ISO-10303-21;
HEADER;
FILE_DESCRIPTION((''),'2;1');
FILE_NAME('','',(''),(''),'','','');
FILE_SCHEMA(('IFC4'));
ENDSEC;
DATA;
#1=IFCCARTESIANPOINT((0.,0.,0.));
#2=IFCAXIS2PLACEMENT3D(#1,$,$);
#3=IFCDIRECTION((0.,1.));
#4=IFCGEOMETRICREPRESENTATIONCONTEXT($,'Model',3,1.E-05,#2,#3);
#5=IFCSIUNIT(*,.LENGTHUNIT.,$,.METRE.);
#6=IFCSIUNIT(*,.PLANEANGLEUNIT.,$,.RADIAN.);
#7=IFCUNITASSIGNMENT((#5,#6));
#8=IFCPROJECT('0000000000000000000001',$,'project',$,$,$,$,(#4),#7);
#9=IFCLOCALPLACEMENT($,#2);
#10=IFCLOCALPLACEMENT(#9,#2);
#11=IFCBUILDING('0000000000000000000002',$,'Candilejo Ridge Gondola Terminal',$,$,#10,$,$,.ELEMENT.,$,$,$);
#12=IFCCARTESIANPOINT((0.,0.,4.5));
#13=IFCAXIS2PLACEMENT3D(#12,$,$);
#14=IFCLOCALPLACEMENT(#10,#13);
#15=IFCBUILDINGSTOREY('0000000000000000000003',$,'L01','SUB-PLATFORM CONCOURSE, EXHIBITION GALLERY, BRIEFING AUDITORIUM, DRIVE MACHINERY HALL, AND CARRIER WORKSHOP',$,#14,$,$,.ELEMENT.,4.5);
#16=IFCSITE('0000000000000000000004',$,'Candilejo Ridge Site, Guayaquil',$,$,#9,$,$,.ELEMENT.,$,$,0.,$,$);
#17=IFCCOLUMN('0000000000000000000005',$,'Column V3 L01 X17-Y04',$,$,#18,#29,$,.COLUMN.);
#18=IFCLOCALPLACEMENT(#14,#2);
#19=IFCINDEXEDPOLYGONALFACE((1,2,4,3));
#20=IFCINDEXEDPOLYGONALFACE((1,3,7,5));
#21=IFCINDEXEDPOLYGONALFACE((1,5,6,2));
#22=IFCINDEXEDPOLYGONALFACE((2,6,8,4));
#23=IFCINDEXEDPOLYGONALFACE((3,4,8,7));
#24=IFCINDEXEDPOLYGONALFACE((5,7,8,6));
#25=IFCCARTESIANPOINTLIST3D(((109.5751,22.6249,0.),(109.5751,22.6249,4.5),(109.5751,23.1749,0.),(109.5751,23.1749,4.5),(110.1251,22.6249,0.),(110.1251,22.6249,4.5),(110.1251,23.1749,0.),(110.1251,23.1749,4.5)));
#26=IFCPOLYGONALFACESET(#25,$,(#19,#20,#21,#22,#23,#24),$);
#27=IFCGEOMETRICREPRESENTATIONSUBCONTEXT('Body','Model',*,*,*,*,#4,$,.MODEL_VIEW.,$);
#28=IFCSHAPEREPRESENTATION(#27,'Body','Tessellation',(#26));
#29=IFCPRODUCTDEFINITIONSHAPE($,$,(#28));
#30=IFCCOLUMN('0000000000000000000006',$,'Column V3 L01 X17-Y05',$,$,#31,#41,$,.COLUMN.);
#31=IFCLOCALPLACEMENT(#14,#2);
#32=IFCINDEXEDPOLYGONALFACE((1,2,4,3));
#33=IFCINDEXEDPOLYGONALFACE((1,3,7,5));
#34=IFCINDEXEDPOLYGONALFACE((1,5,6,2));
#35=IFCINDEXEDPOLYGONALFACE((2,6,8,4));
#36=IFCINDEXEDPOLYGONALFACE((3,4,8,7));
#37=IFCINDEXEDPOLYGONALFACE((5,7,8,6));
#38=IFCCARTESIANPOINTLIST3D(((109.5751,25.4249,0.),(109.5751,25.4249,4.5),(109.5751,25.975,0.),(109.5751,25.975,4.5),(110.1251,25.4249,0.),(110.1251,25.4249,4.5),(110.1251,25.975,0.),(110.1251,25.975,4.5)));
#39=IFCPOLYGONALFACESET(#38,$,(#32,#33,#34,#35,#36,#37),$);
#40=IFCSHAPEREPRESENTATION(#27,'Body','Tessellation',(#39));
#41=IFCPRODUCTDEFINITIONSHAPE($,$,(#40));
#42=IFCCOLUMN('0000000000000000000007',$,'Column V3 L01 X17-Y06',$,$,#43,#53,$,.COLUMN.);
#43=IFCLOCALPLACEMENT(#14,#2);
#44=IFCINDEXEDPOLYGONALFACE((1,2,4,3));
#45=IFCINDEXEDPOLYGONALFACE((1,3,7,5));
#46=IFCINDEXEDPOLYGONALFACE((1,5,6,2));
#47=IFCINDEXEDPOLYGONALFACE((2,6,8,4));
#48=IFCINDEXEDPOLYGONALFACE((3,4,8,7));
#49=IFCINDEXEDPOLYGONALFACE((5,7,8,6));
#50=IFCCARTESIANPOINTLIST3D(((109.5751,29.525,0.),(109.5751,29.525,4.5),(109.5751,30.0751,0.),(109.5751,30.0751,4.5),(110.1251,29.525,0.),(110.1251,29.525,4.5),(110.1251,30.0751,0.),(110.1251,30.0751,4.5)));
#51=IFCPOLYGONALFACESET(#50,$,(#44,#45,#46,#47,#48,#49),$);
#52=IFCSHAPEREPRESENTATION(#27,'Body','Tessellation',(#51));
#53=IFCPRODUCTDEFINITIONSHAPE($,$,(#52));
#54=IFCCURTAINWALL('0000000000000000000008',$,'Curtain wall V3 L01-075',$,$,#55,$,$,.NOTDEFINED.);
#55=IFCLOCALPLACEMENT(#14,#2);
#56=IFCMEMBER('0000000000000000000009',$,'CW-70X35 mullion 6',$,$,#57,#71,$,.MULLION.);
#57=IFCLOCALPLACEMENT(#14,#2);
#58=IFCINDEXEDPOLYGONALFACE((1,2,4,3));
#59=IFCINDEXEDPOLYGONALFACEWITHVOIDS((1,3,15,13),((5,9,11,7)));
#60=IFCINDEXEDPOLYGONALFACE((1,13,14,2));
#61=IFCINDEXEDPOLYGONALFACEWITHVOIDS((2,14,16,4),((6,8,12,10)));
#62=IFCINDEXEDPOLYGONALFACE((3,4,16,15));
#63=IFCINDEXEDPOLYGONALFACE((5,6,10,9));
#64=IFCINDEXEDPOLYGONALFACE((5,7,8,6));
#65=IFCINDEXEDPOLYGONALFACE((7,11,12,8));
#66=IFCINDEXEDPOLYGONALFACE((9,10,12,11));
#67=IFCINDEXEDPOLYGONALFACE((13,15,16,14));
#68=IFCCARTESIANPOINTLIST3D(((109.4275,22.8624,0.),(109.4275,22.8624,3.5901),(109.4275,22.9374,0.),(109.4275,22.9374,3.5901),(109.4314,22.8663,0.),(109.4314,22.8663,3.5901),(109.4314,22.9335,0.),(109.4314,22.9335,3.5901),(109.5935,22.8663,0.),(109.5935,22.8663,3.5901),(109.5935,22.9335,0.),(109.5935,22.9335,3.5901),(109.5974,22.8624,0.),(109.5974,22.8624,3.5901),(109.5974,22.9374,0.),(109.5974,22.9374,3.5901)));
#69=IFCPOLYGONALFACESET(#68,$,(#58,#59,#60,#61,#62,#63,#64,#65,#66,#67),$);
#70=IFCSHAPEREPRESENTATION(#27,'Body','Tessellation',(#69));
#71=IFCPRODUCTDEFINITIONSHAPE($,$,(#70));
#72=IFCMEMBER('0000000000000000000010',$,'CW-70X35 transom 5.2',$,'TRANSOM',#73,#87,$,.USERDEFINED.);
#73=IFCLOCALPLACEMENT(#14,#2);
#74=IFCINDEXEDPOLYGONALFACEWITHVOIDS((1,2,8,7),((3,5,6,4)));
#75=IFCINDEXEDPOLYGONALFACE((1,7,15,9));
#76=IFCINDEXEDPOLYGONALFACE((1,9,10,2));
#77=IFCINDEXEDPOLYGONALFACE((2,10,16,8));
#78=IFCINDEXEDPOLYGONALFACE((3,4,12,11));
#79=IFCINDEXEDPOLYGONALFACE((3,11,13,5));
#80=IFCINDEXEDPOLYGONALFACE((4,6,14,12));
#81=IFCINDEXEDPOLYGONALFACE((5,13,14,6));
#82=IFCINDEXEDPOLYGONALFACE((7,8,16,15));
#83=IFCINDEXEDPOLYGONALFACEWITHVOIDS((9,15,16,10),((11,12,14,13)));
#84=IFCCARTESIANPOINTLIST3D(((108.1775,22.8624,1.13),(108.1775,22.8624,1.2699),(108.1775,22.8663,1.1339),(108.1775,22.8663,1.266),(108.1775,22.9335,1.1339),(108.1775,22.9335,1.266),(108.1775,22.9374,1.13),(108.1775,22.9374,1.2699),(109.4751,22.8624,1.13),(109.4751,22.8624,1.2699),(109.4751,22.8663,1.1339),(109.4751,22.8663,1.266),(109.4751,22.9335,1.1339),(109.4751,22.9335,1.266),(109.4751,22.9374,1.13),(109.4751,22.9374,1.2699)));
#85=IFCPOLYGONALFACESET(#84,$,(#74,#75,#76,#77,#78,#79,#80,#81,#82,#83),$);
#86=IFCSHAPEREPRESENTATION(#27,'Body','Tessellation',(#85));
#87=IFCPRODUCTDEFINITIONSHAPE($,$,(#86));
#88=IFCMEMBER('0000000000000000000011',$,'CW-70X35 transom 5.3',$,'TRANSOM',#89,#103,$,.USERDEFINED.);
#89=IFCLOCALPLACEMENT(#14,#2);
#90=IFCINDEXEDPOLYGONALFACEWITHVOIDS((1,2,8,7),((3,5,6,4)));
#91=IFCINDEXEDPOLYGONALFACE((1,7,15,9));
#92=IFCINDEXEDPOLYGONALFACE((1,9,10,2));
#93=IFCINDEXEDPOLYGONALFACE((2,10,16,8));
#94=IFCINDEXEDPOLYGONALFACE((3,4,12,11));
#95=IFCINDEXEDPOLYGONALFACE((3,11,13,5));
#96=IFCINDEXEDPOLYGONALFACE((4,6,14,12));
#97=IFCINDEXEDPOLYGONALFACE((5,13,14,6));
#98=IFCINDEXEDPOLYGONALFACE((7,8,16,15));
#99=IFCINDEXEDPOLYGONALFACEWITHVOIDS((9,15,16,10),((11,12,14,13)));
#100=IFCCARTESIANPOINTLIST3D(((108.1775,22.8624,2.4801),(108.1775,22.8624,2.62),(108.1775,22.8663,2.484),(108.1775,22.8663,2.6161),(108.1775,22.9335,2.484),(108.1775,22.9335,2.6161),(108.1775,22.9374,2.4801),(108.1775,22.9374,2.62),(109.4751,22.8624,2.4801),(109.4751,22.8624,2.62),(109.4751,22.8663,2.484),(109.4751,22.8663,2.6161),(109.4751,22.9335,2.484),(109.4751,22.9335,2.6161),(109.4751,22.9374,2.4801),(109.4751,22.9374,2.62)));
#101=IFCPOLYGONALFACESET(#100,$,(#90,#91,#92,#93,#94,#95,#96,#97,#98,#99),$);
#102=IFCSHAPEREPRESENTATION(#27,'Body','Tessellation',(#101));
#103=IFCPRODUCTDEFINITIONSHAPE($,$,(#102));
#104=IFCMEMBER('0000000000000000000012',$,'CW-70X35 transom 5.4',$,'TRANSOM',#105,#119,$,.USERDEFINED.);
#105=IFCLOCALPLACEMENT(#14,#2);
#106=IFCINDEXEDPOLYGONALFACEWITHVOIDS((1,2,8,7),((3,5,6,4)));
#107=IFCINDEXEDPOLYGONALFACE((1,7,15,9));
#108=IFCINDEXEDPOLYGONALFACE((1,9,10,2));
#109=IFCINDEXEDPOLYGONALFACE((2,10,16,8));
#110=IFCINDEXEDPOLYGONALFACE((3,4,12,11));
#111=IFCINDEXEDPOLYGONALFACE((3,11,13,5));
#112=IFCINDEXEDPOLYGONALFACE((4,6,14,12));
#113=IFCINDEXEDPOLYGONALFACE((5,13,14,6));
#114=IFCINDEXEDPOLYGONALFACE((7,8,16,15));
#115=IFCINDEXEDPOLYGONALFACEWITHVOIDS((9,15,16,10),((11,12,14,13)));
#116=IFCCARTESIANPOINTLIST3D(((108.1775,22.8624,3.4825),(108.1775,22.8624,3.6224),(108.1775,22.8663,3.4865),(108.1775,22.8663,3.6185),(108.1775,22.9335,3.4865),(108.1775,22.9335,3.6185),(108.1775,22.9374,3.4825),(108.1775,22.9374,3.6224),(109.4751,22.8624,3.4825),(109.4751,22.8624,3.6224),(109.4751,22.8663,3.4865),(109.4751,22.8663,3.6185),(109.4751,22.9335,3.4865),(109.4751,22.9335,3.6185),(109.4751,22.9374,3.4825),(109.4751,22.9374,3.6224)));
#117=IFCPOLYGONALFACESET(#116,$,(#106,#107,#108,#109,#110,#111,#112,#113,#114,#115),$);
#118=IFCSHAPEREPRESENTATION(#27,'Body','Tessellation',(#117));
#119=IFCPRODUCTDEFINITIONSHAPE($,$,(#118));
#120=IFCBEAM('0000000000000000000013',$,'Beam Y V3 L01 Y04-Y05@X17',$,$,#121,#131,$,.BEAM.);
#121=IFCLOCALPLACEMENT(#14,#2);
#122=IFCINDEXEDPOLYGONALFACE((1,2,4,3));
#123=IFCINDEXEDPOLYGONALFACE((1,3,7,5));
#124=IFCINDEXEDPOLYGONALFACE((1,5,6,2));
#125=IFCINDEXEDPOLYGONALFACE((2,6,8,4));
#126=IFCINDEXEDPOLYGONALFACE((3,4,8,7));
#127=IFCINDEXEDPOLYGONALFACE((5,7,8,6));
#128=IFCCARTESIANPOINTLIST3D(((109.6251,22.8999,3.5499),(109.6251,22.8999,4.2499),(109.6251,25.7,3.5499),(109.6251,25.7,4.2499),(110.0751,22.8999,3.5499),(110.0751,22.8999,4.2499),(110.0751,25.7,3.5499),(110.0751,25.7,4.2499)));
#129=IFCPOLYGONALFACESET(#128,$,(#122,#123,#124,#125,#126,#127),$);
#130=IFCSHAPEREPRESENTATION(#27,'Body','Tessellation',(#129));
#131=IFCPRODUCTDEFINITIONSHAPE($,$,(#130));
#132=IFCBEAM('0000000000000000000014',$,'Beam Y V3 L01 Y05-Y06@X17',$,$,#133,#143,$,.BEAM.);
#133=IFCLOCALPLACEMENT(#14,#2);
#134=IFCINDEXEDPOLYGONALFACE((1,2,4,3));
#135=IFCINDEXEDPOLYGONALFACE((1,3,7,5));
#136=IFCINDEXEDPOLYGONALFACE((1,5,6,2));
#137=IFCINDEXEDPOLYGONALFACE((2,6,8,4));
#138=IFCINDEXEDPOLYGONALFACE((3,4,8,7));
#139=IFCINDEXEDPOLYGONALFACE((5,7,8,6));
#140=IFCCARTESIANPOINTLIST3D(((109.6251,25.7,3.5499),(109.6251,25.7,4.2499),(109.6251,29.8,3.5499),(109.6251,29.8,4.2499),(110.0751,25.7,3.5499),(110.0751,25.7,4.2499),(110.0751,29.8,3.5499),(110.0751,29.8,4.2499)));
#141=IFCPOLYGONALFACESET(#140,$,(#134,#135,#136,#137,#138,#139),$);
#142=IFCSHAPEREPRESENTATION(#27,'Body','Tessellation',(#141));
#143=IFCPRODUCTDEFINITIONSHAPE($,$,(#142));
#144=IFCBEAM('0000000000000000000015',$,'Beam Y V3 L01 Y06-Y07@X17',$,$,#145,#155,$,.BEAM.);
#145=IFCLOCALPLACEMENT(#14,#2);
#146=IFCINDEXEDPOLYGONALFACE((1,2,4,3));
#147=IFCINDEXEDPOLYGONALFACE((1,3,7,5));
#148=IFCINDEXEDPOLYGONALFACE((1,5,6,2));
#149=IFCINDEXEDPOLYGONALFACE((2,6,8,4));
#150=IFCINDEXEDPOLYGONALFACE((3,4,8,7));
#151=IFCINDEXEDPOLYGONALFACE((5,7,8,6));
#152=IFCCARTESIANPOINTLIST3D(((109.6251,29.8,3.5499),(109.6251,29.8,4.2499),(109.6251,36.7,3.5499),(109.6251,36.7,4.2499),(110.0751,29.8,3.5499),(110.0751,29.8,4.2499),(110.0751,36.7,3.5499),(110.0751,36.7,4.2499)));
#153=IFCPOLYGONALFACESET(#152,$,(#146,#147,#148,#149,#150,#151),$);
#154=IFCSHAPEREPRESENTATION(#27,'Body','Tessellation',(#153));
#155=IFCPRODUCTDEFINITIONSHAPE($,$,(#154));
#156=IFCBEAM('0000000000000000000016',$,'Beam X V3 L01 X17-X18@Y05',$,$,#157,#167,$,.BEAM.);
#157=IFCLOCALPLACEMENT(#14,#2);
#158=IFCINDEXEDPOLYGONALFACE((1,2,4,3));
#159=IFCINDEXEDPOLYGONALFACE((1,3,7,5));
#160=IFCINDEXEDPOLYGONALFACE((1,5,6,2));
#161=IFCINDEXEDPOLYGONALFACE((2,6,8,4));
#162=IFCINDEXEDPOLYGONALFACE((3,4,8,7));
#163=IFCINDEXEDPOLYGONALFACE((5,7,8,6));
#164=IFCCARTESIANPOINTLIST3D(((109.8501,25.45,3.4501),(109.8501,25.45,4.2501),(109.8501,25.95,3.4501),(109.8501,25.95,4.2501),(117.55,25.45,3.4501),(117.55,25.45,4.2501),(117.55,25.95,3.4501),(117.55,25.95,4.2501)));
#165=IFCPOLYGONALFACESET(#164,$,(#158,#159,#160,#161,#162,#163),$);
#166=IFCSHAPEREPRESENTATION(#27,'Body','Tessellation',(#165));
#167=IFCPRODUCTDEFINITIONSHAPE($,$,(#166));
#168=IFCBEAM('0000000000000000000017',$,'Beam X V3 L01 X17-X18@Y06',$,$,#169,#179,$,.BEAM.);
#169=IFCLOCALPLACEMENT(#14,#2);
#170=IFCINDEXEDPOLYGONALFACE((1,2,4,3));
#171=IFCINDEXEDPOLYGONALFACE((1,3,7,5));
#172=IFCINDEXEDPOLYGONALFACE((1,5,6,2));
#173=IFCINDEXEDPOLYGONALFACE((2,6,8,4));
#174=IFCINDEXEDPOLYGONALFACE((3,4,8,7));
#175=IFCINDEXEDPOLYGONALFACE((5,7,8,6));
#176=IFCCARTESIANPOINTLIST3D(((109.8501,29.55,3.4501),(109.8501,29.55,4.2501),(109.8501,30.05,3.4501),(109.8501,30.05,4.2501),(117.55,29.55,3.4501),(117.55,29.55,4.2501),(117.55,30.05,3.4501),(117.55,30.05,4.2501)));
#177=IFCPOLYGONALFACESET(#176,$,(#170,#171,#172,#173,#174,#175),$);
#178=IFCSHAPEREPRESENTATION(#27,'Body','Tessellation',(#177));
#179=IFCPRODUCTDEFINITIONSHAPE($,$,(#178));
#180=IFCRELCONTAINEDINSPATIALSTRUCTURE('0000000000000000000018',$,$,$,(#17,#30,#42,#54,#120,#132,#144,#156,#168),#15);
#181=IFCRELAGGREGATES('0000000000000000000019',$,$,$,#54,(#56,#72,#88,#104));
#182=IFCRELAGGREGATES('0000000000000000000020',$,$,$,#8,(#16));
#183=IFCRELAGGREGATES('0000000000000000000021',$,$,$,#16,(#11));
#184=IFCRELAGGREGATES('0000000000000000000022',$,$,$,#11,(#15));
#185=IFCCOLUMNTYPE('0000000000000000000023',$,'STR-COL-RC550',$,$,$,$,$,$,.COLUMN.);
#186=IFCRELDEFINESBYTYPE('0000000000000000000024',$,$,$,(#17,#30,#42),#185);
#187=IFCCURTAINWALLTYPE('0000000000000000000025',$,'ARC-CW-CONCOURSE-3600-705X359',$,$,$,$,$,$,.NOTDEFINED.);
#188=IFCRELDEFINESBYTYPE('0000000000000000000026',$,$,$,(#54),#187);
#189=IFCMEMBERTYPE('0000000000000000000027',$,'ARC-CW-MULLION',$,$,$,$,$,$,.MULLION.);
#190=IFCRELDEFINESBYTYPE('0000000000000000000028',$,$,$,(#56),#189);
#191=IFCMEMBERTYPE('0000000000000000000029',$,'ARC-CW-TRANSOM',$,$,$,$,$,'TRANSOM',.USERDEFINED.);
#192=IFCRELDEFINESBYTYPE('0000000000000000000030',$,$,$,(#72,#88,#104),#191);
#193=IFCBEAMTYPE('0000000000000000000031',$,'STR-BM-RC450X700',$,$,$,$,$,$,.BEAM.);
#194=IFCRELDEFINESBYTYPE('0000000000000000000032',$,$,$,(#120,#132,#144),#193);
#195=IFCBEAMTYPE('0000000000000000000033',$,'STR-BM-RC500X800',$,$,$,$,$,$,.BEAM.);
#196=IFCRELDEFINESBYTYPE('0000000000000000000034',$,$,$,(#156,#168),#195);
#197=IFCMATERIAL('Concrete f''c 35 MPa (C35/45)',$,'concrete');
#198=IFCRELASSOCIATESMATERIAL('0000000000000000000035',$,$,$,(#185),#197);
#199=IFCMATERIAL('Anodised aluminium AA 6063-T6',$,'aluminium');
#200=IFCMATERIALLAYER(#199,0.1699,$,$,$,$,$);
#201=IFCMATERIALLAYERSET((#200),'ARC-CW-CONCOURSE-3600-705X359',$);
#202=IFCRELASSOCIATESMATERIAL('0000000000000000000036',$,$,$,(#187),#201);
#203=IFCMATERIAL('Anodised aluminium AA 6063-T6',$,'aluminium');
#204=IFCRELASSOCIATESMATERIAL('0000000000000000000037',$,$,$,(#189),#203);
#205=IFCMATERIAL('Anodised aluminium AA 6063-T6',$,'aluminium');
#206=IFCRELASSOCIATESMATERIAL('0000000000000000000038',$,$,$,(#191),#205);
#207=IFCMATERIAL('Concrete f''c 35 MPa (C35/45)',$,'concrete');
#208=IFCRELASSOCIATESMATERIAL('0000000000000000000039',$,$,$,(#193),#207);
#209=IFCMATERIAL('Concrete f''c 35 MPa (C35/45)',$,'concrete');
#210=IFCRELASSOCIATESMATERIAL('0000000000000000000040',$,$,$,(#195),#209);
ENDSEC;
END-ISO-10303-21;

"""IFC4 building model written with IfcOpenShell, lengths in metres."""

from ifc_helpers import new_model, si_unit, direction, frame, origin, origin_2d, place, context, subcontext, project, spatial, rectangle, hollow_rectangle, extrude, material, layer, layer_set, material_profile, profile_set, type_object, element, aggregate, save


model = new_model("IFC4")

# Units and contexts
model_context = context("Model", 3, precision=1e-05, world=origin(), true_north=direction((0.0, 1.0)))
body_context = subcontext(model_context, "Body", "Model", "MODEL_VIEW")
ifc_project = project(units=[si_unit("LENGTHUNIT", "METRE"), si_unit("PLANEANGLEUNIT", "RADIAN")], contexts=[model_context])

# Site, building, storey
site_placement = place(None, origin())
site = spatial("IfcSite", under=ifc_project, at=site_placement, Name="Candilejo Ridge Site, Guayaquil", CompositionType="ELEMENT", RefElevation=0.0)
building_placement = place(site_placement, origin())
building = spatial("IfcBuilding", under=site, at=building_placement, Name="Candilejo Ridge Gondola Terminal", CompositionType="ELEMENT")
storey_placement = place(building_placement, frame((0.0, 0.0, 4.5)))
storey = spatial("IfcBuildingStorey", under=building, at=storey_placement, Name="L01", Description="SUB-PLATFORM CONCOURSE, EXHIBITION GALLERY, BRIEFING AUDITORIUM, DRIVE MACHINERY HALL, AND CARRIER WORKSHOP", CompositionType="ELEMENT", Elevation=4.5)

# Columns
ifc_material_1 = material(Name="Concrete f'c 35 MPa (C35/45)", Category="concrete")
ifc_material_profile_1 = material_profile(ifc_material_1, rectangle(XDim=0.55, YDim=0.55, at=origin_2d()))
ifc_profile_set_1 = profile_set([ifc_material_profile_1], Name="Concrete f'c 35 MPa (C35/45)")
column_type = type_object("IfcColumnType", Name="STR-COL-RC550", PredefinedType="COLUMN", material=ifc_profile_set_1)
for number, where, z_axis, x_axis, name in (
    (1, (109.8501, 22.8999, 0.0), (0.0, 0.0, 1.0), (1.0, 0.0, 0.0), "Column V3 L01 X17-Y04"),
    (2, (109.8501, 25.7, 0.0), (0.0, 0.0, 1.0), (1.0, 0.0, 0.0), "Column V3 L01 X17-Y05"),
    (3, (109.8501, 29.8, 0.0), (0.0, 0.0, 1.0), (1.0, 0.0, 0.0), "Column V3 L01 X17-Y06"),
):
    element("IfcColumn", number, at=place(storey_placement, frame(where, z_axis=z_axis, x_axis=x_axis)), inside=storey, type_object=column_type, Name=name, PredefinedType="COLUMN", context=body_context, shape_type="SweptSolid", body=[
        extrude(rectangle(XDim=0.55, YDim=0.55, at=origin_2d()), origin(), (0.0, 0.0, 1.0), 4.5),
    ])

# Curtain wall, members
ifc_material_2 = material(Name="Anodised aluminium AA 6063-T6", Category="aluminium")
ifc_layer_1 = layer(ifc_material_2, 0.1699)
ifc_layer_set_1 = layer_set([ifc_layer_1], Name="ARC-CW-CONCOURSE-3600-705X359")
curtain_wall_type = type_object("IfcCurtainWallType", Name="ARC-CW-CONCOURSE-3600-705X359", PredefinedType="NOTDEFINED", material=ifc_layer_set_1)
curtain_wall_placement = place(storey_placement, origin())
curtain_wall = element("IfcCurtainWall", 4, at=curtain_wall_placement, inside=storey, type_object=curtain_wall_type, Name="Curtain wall V3 L01-075", PredefinedType="NOTDEFINED")
ifc_material_3 = material(Name="Anodised aluminium AA 6063-T6", Category="aluminium")
ifc_material_profile_2 = material_profile(ifc_material_3, hollow_rectangle(XDim=0.075, YDim=0.1699, WallThickness=0.0039, at=origin_2d()))
ifc_profile_set_2 = profile_set([ifc_material_profile_2], Name="Anodised aluminium AA 6063-T6")
member_type_1 = type_object("IfcMemberType", Name="ARC-CW-MULLION", PredefinedType="MULLION", material=ifc_profile_set_2)
member_1_placement = place(storey_placement, frame((109.5125, 22.8999, 0.0), z_axis=(0.0, 0.0, 1.0), x_axis=(0.0, 1.0, 0.0)))
member_1 = element("IfcMember", 5, at=member_1_placement, type_object=member_type_1, Name="CW-70X35 mullion 6", PredefinedType="MULLION", context=body_context, shape_type="SweptSolid", body=[
    extrude(hollow_rectangle(XDim=0.075, YDim=0.1699, WallThickness=0.0039, at=origin_2d()), origin(), (0.0, 0.0, 1.0), 3.5901),
])
ifc_material_4 = material(Name="Anodised aluminium AA 6063-T6", Category="aluminium")
ifc_material_profile_3 = material_profile(ifc_material_4, hollow_rectangle(XDim=0.075, YDim=0.1399, WallThickness=0.0039, at=origin_2d()))
ifc_profile_set_3 = profile_set([ifc_material_profile_3], Name="Anodised aluminium AA 6063-T6")
member_type_2 = type_object("IfcMemberType", Name="ARC-CW-TRANSOM", ElementType="TRANSOM", PredefinedType="USERDEFINED", material=ifc_profile_set_3)
member_2_placement = place(storey_placement, frame((108.1775, 22.8999, 1.2), z_axis=(1.0, 0.0, 0.0), x_axis=(0.0, 1.0, 0.0)))
member_2 = element("IfcMember", 6, at=member_2_placement, type_object=member_type_2, Name="CW-70X35 transom 5.2", ObjectType="TRANSOM", PredefinedType="USERDEFINED", context=body_context, shape_type="SweptSolid", body=[
    extrude(hollow_rectangle(XDim=0.075, YDim=0.1399, WallThickness=0.0039, at=origin_2d()), origin(), (0.0, 0.0, 1.0), 1.2976),
])
member_3_placement = place(storey_placement, frame((108.1775, 22.8999, 2.55), z_axis=(1.0, 0.0, 0.0), x_axis=(0.0, 1.0, 0.0)))
member_3 = element("IfcMember", 7, at=member_3_placement, type_object=member_type_2, Name="CW-70X35 transom 5.3", ObjectType="TRANSOM", PredefinedType="USERDEFINED", context=body_context, shape_type="SweptSolid", body=[
    extrude(hollow_rectangle(XDim=0.075, YDim=0.1399, WallThickness=0.0039, at=origin_2d()), origin(), (0.0, 0.0, 1.0), 1.2976),
])
member_4_placement = place(storey_placement, frame((108.1775, 22.8999, 3.5525), z_axis=(1.0, 0.0, 0.0), x_axis=(0.0, 1.0, 0.0)))
member_4 = element("IfcMember", 8, at=member_4_placement, type_object=member_type_2, Name="CW-70X35 transom 5.4", ObjectType="TRANSOM", PredefinedType="USERDEFINED", context=body_context, shape_type="SweptSolid", body=[
    extrude(hollow_rectangle(XDim=0.075, YDim=0.1399, WallThickness=0.0039, at=origin_2d()), origin(), (0.0, 0.0, 1.0), 1.2976),
])

# Beams
ifc_material_5 = material(Name="Concrete f'c 35 MPa (C35/45)", Category="concrete")
ifc_material_profile_4 = material_profile(ifc_material_5, rectangle(XDim=0.45, YDim=0.7, at=origin_2d()))
ifc_profile_set_4 = profile_set([ifc_material_profile_4], Name="Concrete f'c 35 MPa (C35/45)")
beam_type_1 = type_object("IfcBeamType", Name="STR-BM-RC450X700", PredefinedType="BEAM", material=ifc_profile_set_4)
beam_1_placement = place(storey_placement, frame((109.8501, 22.8999, 3.8999), z_axis=(0.0, 1.0, 0.0), x_axis=(-1.0, 0.0, 0.0)))
element("IfcBeam", 9, at=beam_1_placement, inside=storey, type_object=beam_type_1, Name="Beam Y V3 L01 Y04-Y05@X17", PredefinedType="BEAM", context=body_context, shape_type="SweptSolid", body=[
    extrude(rectangle(XDim=0.45, YDim=0.7, at=origin_2d()), origin(), (0.0, 0.0, 1.0), 2.8),
])
beam_2_placement = place(storey_placement, frame((109.8501, 25.7, 3.8999), z_axis=(0.0, 1.0, 0.0), x_axis=(-1.0, 0.0, 0.0)))
element("IfcBeam", 10, at=beam_2_placement, inside=storey, type_object=beam_type_1, Name="Beam Y V3 L01 Y05-Y06@X17", PredefinedType="BEAM", context=body_context, shape_type="SweptSolid", body=[
    extrude(rectangle(XDim=0.45, YDim=0.7, at=origin_2d()), origin(), (0.0, 0.0, 1.0), 4.1001),
])
beam_3_placement = place(storey_placement, frame((109.8501, 29.8, 3.8999), z_axis=(0.0, 1.0, 0.0), x_axis=(-1.0, 0.0, 0.0)))
element("IfcBeam", 11, at=beam_3_placement, inside=storey, type_object=beam_type_1, Name="Beam Y V3 L01 Y06-Y07@X17", PredefinedType="BEAM", context=body_context, shape_type="SweptSolid", body=[
    extrude(rectangle(XDim=0.45, YDim=0.7, at=origin_2d()), origin(), (0.0, 0.0, 1.0), 6.8999),
])
ifc_material_6 = material(Name="Concrete f'c 35 MPa (C35/45)", Category="concrete")
ifc_material_profile_5 = material_profile(ifc_material_6, rectangle(XDim=0.5, YDim=0.8, at=origin_2d()))
ifc_profile_set_5 = profile_set([ifc_material_profile_5], Name="Concrete f'c 35 MPa (C35/45)")
beam_type_2 = type_object("IfcBeamType", Name="STR-BM-RC500X800", PredefinedType="BEAM", material=ifc_profile_set_5)
for number, where, z_axis, x_axis, name in (
    (12, (109.8501, 25.7, 3.8501), (1.0, 0.0, 0.0), (0.0, 1.0, 0.0), "Beam X V3 L01 X17-X18@Y05"),
    (13, (109.8501, 29.8, 3.8501), (1.0, 0.0, 0.0), (0.0, 1.0, 0.0), "Beam X V3 L01 X17-X18@Y06"),
):
    element("IfcBeam", number, at=place(storey_placement, frame(where, z_axis=z_axis, x_axis=x_axis)), inside=storey, type_object=beam_type_2, Name=name, PredefinedType="BEAM", context=body_context, shape_type="SweptSolid", body=[
        extrude(rectangle(XDim=0.5, YDim=0.8, at=origin_2d()), origin(), (0.0, 0.0, 1.0), 7.7),
    ])

aggregate(curtain_wall, [member_1, member_2, member_3, member_4])

save(model, "model.ifc")
